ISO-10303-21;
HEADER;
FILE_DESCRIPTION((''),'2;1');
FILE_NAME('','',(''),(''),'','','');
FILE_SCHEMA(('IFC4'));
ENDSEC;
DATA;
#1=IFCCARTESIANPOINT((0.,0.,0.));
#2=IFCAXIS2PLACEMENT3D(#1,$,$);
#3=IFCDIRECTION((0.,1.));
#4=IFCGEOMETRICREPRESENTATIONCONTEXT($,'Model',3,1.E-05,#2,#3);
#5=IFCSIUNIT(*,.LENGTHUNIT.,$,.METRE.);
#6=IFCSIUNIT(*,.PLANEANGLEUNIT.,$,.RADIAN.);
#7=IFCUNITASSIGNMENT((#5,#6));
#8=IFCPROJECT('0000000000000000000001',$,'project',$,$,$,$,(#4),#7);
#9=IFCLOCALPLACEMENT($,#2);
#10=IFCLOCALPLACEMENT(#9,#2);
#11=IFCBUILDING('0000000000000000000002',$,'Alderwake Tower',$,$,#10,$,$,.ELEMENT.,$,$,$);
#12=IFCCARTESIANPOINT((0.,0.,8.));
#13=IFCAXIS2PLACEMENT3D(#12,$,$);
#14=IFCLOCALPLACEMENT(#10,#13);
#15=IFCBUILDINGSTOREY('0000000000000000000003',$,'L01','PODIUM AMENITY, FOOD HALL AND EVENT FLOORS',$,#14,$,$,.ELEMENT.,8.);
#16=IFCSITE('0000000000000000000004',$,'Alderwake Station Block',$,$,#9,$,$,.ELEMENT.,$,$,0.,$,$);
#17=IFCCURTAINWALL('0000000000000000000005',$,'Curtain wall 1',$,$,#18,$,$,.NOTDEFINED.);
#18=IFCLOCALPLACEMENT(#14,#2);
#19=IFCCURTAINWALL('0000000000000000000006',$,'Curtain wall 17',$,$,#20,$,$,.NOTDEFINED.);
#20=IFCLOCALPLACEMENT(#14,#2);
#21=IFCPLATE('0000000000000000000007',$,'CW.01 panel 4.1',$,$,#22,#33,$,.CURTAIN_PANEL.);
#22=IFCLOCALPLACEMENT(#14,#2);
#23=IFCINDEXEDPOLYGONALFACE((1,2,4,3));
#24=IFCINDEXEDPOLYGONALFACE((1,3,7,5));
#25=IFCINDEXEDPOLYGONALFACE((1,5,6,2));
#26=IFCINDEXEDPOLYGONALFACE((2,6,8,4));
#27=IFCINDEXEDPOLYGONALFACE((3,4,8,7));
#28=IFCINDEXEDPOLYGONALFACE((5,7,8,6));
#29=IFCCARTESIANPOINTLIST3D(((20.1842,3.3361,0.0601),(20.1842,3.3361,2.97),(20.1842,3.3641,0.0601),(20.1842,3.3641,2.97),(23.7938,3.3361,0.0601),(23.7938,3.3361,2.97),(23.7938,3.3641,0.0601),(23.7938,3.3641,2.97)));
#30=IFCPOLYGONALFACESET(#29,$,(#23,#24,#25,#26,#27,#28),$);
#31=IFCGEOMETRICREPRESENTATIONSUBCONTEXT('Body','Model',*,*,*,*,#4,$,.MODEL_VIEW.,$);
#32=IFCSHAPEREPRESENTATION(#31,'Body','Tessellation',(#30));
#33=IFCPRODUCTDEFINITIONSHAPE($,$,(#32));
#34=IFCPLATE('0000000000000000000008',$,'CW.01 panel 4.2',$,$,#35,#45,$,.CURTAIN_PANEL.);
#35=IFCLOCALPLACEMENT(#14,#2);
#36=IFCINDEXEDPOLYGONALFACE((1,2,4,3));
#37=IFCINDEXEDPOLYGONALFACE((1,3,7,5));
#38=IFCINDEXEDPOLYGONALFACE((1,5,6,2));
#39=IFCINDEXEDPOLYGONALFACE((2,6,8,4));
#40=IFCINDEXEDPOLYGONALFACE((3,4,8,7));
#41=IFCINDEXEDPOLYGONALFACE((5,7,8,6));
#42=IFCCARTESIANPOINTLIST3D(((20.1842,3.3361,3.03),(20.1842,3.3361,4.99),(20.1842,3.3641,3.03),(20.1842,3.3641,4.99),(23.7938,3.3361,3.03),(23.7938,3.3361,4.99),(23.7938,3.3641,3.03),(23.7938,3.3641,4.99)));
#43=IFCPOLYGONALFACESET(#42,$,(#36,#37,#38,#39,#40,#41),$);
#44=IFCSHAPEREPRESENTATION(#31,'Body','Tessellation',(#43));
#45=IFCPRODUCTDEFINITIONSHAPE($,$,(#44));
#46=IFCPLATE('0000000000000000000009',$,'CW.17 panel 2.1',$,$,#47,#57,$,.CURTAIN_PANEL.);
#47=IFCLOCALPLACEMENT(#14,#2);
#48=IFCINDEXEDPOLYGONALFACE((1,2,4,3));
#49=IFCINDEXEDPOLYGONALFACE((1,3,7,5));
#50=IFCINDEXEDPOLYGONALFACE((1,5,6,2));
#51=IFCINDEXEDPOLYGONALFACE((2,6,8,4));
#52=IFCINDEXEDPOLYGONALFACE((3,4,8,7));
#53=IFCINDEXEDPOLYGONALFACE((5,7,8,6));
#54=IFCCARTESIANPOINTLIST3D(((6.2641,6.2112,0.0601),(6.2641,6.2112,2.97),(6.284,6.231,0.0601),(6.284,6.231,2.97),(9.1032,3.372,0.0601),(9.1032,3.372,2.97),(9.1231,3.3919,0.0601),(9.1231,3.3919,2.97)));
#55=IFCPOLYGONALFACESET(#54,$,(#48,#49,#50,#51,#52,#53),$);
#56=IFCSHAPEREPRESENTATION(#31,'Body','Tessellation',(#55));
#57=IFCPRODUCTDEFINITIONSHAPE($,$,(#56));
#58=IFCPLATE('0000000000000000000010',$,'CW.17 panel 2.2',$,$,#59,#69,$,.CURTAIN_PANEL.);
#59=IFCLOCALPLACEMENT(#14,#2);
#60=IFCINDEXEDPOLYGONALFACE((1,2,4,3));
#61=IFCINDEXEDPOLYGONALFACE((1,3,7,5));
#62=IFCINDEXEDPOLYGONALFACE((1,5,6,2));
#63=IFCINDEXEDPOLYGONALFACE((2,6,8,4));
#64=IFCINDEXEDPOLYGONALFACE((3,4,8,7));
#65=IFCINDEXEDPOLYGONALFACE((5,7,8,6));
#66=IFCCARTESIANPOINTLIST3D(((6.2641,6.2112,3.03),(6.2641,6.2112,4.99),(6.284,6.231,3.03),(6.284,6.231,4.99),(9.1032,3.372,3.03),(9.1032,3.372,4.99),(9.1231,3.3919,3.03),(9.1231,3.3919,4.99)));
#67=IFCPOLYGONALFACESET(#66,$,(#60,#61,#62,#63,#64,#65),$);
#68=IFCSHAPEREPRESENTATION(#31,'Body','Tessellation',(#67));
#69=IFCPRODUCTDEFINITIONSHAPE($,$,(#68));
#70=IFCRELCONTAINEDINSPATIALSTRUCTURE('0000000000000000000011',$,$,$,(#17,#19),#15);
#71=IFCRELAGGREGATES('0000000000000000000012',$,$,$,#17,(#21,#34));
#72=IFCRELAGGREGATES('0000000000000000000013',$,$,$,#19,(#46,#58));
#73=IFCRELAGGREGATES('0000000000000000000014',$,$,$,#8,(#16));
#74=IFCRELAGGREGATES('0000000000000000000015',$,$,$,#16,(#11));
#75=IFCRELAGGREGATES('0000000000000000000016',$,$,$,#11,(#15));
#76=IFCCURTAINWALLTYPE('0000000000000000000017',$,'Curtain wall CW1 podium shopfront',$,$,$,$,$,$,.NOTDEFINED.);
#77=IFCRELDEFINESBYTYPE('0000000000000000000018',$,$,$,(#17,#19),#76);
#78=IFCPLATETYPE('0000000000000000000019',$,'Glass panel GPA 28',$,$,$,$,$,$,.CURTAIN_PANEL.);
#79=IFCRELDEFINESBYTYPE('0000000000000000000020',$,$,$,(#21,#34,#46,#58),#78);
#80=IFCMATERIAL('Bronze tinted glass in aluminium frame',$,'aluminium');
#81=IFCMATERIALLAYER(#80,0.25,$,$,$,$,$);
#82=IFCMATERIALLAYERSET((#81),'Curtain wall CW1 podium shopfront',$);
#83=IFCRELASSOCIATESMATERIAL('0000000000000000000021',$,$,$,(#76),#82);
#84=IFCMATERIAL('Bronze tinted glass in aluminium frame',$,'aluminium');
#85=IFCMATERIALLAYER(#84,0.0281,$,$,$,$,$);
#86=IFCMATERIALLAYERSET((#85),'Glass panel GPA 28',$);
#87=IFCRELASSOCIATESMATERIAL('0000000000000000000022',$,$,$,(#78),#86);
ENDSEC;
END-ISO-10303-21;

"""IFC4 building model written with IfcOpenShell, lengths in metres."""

from ifc_helpers import new_model, si_unit, direction, frame, origin, origin_2d, place, context, subcontext, project, spatial, rectangle, extrude, material, layer, layer_set, type_object, element, aggregate, save


model = new_model("IFC4")

# Units and contexts
model_context = context("Model", 3, precision=1e-05, world=origin(), true_north=direction((0.0, 1.0)))
body_context = subcontext(model_context, "Body", "Model", "MODEL_VIEW")
ifc_project = project(units=[si_unit("LENGTHUNIT", "METRE"), si_unit("PLANEANGLEUNIT", "RADIAN")], contexts=[model_context])

# Site, building, storey
site_placement = place(None, origin())
site = spatial("IfcSite", under=ifc_project, at=site_placement, Name="Alderwake Station Block", CompositionType="ELEMENT", RefElevation=0.0)
building_placement = place(site_placement, origin())
building = spatial("IfcBuilding", under=site, at=building_placement, Name="Alderwake Tower", CompositionType="ELEMENT")
storey_placement = place(building_placement, frame((0.0, 0.0, 8.0)))
storey = spatial("IfcBuildingStorey", under=building, at=storey_placement, Name="L01", Description="PODIUM AMENITY, FOOD HALL AND EVENT FLOORS", CompositionType="ELEMENT", Elevation=8.0)

# Curtain wall
ifc_material_1 = material(Name="Bronze tinted glass in aluminium frame", Category="aluminium")
ifc_layer_1 = layer(ifc_material_1, 0.25)
ifc_layer_set_1 = layer_set([ifc_layer_1], Name="Curtain wall CW1 podium shopfront")
curtain_wall_type = type_object("IfcCurtainWallType", Name="Curtain wall CW1 podium shopfront", PredefinedType="NOTDEFINED", material=ifc_layer_set_1)
curtain_wall_1_placement = place(storey_placement, origin())
curtain_wall_1 = element("IfcCurtainWall", 1, at=curtain_wall_1_placement, inside=storey, type_object=curtain_wall_type, Name="Curtain wall 1", PredefinedType="NOTDEFINED")

# Curtain wall
curtain_wall_2_placement = place(storey_placement, origin())
curtain_wall_2 = element("IfcCurtainWall", 2, at=curtain_wall_2_placement, inside=storey, type_object=curtain_wall_type, Name="Curtain wall 17", PredefinedType="NOTDEFINED")

# Plates
ifc_material_2 = material(Name="Bronze tinted glass in aluminium frame", Category="aluminium")
ifc_layer_2 = layer(ifc_material_2, 0.0281)
ifc_layer_set_2 = layer_set([ifc_layer_2], Name="Glass panel GPA 28")
plate_type = type_object("IfcPlateType", Name="Glass panel GPA 28", PredefinedType="CURTAIN_PANEL", material=ifc_layer_set_2)
plate_1_placement = place(storey_placement, frame((21.989, 3.3501, 0.0601), z_axis=(0.0, 0.0, 1.0), x_axis=(1.0, 0.0, 0.0)))
plate_1 = element("IfcPlate", 3, at=plate_1_placement, type_object=plate_type, Name="CW.01 panel 4.1", PredefinedType="CURTAIN_PANEL", context=body_context, shape_type="SweptSolid", body=[
    extrude(rectangle(XDim=3.6096, YDim=0.0281, at=origin_2d()), origin(), (0.0, 0.0, 1.0), 2.9099),
])
plate_2_placement = place(storey_placement, frame((21.989, 3.3501, 3.03), z_axis=(0.0, 0.0, 1.0), x_axis=(1.0, 0.0, 0.0)))
plate_2 = element("IfcPlate", 4, at=plate_2_placement, type_object=plate_type, Name="CW.01 panel 4.2", PredefinedType="CURTAIN_PANEL", context=body_context, shape_type="SweptSolid", body=[
    extrude(rectangle(XDim=3.6096, YDim=0.0281, at=origin_2d()), origin(), (0.0, 0.0, 1.0), 1.96),
])
aggregate(curtain_wall_1, [plate_1, plate_2])
plate_3_placement = place(storey_placement, frame((7.6936, 4.8015, 0.0601), z_axis=(0.0, 0.0, 1.0), x_axis=(0.707107, -0.707107, 0.0)))
plate_3 = element("IfcPlate", 5, at=plate_3_placement, type_object=plate_type, Name="CW.17 panel 2.1", PredefinedType="CURTAIN_PANEL", context=body_context, shape_type="SweptSolid", body=[
    extrude(rectangle(XDim=4.0151, YDim=0.0281, at=origin_2d()), origin(), (0.0, 0.0, 1.0), 2.9099),
])
plate_4_placement = place(storey_placement, frame((7.6936, 4.8015, 3.03), z_axis=(0.0, 0.0, 1.0), x_axis=(0.707107, -0.707107, 0.0)))
plate_4 = element("IfcPlate", 6, at=plate_4_placement, type_object=plate_type, Name="CW.17 panel 2.2", PredefinedType="CURTAIN_PANEL", context=body_context, shape_type="SweptSolid", body=[
    extrude(rectangle(XDim=4.0151, YDim=0.0281, at=origin_2d()), origin(), (0.0, 0.0, 1.0), 1.96),
])
aggregate(curtain_wall_2, [plate_3, plate_4])

save(model, "model.ifc")
